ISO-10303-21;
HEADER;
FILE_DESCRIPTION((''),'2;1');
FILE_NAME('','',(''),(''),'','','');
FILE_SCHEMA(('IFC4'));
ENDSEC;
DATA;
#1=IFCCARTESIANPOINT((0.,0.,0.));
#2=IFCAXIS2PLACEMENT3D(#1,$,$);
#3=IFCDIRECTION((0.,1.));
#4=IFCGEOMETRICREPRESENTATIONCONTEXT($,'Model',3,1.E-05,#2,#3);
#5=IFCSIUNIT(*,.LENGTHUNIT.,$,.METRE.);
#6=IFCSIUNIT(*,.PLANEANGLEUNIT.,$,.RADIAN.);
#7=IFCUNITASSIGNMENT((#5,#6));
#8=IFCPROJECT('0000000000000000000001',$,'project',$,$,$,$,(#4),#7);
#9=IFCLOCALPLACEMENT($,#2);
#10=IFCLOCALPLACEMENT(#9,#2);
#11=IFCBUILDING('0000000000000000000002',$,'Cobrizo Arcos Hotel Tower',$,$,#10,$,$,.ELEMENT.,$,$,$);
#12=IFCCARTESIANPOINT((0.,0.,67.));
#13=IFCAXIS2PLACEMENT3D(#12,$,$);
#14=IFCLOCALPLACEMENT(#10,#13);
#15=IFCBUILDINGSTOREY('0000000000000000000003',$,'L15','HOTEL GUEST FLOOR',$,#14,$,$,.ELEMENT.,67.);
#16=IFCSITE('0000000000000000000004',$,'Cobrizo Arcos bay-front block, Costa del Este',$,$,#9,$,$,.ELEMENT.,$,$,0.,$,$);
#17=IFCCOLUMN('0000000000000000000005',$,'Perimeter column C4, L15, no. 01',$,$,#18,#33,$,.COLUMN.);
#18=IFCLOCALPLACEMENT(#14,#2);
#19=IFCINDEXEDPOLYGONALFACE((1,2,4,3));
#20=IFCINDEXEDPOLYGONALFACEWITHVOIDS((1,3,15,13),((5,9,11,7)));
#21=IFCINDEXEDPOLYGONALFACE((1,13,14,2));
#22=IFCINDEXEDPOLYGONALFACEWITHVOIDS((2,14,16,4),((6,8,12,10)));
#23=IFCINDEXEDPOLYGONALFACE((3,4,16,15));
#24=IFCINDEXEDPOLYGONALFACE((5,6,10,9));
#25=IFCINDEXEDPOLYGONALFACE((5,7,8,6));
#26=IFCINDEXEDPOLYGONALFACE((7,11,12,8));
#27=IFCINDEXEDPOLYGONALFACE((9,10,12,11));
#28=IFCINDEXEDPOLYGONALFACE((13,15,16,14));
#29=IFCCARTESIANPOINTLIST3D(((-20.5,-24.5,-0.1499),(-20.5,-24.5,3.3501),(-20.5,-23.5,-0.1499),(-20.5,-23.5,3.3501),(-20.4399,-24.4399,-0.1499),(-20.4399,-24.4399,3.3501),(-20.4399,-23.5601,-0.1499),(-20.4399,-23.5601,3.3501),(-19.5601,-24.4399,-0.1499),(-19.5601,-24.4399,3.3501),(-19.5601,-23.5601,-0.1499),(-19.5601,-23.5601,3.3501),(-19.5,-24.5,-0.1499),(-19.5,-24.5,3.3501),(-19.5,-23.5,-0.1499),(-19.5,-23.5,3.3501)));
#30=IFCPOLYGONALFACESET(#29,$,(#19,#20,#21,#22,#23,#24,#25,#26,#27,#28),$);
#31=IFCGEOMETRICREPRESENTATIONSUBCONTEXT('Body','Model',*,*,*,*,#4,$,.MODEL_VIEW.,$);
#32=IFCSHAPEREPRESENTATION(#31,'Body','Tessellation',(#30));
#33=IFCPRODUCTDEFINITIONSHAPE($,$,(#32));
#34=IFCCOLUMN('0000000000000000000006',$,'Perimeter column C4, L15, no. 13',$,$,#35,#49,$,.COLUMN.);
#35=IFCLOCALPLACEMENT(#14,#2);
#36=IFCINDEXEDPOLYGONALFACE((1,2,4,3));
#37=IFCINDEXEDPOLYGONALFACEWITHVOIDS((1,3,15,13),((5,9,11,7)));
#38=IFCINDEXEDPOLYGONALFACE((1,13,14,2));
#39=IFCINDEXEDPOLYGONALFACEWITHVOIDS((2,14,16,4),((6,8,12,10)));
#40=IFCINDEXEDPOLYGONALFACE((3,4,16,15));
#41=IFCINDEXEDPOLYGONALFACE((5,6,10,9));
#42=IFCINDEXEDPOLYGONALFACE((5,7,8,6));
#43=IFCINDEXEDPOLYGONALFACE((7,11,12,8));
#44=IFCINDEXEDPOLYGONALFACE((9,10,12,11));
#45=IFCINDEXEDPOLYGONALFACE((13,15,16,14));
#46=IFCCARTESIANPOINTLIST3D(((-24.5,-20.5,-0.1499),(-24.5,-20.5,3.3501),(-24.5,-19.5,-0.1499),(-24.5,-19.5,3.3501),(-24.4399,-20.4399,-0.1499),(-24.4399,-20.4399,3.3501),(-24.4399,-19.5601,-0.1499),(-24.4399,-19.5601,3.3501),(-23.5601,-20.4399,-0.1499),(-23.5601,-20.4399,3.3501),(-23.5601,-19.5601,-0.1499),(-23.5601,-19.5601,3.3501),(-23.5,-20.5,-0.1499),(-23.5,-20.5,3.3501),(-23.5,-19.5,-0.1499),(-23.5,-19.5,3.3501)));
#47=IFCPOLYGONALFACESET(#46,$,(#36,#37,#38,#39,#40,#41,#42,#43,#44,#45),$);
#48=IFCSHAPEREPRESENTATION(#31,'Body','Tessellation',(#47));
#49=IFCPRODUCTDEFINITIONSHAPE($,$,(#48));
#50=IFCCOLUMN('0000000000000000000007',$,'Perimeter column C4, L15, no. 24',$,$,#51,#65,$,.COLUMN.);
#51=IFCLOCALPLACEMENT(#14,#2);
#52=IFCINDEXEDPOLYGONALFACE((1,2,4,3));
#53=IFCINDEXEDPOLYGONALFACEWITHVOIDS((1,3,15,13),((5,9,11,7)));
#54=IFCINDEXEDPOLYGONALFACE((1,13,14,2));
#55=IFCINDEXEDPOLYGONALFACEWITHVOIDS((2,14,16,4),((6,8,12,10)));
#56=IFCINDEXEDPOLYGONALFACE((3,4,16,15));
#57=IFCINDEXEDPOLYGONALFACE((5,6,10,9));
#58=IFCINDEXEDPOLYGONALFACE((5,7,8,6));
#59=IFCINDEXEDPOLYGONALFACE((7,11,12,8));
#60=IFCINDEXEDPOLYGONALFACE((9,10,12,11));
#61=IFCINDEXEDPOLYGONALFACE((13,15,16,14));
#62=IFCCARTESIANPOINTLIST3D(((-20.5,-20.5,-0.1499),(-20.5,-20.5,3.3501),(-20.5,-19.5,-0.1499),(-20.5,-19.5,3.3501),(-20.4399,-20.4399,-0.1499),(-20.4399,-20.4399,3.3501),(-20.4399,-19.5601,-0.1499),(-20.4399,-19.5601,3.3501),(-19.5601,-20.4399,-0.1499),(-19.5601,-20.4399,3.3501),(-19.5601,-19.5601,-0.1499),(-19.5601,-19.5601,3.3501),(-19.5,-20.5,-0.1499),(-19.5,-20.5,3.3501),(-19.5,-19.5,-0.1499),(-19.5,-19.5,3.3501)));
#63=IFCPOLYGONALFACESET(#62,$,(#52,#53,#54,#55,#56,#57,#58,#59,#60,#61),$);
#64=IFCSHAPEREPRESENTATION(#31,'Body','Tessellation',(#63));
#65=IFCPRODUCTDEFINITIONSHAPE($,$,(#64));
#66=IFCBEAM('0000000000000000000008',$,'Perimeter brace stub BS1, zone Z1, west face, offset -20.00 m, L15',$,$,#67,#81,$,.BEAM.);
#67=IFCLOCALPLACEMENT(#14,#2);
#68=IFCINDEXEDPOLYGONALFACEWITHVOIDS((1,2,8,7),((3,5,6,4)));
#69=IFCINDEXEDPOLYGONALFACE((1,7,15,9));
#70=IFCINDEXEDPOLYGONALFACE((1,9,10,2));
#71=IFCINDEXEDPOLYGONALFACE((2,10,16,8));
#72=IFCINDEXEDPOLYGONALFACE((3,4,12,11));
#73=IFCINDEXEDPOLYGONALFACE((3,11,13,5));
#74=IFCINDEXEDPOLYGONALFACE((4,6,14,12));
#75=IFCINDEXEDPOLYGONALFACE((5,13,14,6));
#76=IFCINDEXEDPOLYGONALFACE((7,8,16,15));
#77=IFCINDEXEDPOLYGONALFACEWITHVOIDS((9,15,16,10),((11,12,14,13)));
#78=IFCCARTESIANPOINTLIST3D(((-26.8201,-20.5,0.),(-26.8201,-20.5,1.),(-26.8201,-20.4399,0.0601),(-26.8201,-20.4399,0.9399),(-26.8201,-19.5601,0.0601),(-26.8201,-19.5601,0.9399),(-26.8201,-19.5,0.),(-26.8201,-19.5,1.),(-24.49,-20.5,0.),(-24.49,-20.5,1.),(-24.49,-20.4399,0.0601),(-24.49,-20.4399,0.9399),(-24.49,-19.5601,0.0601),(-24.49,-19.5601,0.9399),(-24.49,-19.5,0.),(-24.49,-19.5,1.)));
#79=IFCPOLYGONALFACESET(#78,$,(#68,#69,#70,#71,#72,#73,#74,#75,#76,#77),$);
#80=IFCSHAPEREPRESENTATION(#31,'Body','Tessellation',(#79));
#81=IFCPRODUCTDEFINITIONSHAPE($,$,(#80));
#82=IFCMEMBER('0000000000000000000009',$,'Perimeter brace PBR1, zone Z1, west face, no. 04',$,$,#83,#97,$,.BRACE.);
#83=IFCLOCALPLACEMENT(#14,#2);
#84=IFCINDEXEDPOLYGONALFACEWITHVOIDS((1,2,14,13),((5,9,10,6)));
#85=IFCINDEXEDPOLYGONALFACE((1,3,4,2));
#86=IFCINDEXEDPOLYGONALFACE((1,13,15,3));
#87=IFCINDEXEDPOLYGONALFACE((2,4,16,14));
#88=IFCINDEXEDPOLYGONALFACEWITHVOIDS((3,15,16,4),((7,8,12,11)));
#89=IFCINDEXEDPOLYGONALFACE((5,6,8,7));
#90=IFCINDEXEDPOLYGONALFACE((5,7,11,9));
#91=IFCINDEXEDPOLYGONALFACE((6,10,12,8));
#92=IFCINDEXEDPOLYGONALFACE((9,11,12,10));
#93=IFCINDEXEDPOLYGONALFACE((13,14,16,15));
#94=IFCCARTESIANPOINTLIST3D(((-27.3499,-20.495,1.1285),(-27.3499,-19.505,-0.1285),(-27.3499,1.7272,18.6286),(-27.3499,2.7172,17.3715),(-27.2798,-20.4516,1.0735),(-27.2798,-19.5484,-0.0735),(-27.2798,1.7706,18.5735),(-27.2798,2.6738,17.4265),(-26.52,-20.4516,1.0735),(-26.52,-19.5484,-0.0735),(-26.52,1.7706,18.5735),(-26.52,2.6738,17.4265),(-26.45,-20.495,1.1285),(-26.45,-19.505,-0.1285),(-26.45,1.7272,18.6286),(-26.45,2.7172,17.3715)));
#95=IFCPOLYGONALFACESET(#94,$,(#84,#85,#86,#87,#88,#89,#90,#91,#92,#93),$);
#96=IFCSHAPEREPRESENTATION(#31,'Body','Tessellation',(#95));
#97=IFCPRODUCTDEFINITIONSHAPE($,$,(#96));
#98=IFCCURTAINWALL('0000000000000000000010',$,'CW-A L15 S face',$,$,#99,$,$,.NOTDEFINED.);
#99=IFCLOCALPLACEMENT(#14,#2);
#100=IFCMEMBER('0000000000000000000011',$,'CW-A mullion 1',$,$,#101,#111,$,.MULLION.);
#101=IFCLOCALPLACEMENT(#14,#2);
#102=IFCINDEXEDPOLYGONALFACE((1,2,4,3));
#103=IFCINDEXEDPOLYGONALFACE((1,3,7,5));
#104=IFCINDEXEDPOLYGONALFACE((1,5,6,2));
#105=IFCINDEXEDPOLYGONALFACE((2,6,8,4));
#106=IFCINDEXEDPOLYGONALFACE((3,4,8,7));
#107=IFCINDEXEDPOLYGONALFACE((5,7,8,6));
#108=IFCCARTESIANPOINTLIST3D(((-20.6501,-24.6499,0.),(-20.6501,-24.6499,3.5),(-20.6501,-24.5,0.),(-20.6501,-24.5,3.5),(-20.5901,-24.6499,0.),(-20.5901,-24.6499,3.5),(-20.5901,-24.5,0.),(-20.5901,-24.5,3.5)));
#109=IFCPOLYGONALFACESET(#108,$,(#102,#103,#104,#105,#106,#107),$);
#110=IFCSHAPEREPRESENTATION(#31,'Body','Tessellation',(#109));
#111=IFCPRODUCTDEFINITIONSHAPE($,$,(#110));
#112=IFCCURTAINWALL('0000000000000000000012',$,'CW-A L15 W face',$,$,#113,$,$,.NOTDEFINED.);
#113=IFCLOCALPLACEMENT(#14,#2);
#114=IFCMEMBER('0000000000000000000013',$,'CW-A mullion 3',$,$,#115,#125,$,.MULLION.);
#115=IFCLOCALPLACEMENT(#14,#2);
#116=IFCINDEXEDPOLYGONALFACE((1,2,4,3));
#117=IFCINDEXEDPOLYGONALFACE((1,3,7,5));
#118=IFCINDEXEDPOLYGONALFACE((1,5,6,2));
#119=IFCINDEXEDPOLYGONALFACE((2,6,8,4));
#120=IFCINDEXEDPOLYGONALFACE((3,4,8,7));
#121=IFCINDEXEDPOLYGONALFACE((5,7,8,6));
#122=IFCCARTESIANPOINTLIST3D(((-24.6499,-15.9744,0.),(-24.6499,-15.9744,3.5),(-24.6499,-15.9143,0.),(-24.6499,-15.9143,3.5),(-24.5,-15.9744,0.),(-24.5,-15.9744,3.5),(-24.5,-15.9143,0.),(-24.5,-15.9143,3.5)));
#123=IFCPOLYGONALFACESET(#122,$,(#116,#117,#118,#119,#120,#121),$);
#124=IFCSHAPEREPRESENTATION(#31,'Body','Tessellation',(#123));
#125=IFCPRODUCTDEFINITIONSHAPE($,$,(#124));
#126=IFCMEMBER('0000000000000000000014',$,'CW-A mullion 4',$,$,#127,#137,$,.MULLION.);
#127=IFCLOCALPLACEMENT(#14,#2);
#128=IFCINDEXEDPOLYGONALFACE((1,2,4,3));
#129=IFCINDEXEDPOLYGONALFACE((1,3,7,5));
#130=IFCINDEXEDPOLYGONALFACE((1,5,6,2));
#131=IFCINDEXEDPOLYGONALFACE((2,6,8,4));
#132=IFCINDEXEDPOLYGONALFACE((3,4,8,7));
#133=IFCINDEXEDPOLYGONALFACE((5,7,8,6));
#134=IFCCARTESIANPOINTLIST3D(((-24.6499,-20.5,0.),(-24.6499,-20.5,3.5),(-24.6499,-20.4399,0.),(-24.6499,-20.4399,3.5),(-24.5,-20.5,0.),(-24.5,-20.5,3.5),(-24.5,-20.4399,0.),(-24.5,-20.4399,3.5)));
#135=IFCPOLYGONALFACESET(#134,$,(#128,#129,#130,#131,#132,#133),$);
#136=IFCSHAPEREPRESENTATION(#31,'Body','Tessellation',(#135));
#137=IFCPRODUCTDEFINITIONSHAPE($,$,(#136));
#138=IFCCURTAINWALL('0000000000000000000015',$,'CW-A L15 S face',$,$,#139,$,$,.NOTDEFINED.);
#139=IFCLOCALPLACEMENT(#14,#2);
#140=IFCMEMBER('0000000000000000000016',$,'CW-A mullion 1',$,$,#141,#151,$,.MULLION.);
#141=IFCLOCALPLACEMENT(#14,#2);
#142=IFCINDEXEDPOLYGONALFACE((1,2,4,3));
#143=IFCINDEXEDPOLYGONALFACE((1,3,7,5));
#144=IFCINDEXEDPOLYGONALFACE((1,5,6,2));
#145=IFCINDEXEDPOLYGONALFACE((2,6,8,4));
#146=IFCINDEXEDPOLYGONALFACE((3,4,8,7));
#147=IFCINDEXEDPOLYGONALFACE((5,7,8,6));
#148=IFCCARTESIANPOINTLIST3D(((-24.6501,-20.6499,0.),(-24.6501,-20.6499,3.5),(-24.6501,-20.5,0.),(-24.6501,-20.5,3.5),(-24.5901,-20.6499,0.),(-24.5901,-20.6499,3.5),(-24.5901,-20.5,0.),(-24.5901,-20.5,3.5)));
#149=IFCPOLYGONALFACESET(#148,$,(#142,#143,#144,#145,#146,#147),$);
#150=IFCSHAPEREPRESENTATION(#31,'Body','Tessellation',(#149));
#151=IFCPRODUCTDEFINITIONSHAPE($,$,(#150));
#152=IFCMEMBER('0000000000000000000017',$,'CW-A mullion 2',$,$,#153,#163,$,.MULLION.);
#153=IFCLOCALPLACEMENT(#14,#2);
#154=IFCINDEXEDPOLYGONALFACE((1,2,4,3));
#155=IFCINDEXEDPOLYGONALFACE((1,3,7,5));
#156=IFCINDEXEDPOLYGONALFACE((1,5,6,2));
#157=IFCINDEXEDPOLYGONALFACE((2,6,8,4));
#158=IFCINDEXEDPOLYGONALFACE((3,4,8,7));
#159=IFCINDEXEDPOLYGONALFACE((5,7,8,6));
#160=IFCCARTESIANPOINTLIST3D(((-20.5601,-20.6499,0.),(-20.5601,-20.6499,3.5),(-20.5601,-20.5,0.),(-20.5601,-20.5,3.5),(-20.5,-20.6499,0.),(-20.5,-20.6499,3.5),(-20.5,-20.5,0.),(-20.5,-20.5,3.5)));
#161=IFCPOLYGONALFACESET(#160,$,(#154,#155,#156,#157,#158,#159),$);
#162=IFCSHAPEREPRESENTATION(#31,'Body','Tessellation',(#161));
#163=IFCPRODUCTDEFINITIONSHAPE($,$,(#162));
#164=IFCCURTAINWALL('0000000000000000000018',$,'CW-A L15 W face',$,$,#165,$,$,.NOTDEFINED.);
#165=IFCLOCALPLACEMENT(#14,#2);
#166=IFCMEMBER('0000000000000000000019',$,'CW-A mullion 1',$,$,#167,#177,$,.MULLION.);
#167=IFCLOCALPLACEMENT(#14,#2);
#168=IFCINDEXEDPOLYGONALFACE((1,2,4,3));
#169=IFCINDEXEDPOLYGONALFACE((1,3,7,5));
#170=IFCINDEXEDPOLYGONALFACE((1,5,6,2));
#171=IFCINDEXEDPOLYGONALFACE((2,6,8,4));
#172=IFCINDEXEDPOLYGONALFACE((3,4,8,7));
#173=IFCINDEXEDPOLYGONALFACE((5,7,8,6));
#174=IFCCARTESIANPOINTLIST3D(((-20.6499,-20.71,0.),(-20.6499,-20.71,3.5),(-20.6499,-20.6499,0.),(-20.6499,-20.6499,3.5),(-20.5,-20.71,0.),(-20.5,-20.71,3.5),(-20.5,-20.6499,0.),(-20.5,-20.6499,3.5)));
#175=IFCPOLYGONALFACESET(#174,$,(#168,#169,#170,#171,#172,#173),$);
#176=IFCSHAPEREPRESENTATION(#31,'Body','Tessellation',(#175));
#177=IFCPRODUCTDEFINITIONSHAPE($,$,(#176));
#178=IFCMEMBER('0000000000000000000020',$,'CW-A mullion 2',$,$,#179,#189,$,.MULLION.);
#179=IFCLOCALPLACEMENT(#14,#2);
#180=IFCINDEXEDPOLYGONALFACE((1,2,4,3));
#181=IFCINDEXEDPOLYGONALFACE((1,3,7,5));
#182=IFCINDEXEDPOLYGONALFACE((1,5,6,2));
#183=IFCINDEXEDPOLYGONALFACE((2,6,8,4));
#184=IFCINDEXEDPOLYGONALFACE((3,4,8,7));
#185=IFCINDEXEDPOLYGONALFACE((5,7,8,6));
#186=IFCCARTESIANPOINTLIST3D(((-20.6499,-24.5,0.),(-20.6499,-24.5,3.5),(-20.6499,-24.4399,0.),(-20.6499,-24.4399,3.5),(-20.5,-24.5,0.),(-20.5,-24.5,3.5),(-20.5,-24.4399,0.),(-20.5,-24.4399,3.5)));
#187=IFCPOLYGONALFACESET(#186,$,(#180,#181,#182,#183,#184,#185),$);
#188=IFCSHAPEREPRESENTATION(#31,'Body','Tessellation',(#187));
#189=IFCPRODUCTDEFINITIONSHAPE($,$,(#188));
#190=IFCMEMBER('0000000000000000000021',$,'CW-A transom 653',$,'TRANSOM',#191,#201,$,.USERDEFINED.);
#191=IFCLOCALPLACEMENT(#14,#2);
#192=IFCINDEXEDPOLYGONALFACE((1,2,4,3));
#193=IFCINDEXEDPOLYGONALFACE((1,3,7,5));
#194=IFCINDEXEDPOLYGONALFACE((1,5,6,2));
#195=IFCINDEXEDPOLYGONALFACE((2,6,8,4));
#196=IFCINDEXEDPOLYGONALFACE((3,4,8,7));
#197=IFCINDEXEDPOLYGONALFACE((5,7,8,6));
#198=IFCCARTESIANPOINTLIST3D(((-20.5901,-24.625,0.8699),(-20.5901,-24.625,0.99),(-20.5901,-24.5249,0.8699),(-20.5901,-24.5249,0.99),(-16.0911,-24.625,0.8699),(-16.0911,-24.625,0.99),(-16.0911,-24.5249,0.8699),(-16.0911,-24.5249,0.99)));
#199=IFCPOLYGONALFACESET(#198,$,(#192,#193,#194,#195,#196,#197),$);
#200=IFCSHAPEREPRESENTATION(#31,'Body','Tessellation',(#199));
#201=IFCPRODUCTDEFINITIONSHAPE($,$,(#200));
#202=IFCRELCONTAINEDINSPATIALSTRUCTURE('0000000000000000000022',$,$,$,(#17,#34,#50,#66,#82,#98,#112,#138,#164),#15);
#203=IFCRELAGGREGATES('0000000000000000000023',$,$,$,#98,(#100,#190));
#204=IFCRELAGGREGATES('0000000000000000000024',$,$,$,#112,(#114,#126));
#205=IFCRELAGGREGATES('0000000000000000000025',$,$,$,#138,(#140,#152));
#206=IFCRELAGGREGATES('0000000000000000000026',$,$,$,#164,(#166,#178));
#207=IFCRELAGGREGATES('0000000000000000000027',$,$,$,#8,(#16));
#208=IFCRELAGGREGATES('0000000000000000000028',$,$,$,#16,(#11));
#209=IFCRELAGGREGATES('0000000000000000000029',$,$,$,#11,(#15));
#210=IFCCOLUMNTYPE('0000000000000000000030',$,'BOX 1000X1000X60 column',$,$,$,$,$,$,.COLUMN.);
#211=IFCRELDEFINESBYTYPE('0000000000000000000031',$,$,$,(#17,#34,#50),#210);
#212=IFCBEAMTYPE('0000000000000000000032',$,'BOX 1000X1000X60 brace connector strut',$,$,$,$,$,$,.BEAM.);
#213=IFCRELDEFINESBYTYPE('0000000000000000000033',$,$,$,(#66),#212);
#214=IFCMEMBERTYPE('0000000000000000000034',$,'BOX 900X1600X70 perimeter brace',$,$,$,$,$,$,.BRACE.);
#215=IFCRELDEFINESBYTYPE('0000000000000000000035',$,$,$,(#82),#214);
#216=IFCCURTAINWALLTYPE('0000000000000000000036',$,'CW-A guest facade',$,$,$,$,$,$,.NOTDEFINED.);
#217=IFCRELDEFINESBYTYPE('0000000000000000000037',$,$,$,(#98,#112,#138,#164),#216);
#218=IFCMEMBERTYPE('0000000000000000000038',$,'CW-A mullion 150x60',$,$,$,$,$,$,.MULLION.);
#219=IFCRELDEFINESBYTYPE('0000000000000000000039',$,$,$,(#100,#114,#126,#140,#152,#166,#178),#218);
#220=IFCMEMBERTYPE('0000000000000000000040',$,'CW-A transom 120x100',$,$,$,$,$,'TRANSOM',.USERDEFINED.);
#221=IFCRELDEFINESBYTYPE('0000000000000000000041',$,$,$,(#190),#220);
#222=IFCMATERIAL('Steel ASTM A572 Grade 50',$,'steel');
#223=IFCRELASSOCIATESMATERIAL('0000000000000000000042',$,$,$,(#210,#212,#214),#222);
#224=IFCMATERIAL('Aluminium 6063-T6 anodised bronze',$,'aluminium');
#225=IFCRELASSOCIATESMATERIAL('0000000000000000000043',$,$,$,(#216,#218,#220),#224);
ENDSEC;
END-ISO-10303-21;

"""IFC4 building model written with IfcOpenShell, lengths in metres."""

from ifc_helpers import new_model, si_unit, direction, frame, origin, origin_2d, place, context, subcontext, project, spatial, rectangle, hollow_rectangle, extrude, material, material_profile, profile_set, type_object, element, aggregate, save


model = new_model("IFC4")

# Units and contexts
model_context = context("Model", 3, precision=1e-05, world=origin(), true_north=direction((0.0, 1.0)))
body_context = subcontext(model_context, "Body", "Model", "MODEL_VIEW")
ifc_project = project(units=[si_unit("LENGTHUNIT", "METRE"), si_unit("PLANEANGLEUNIT", "RADIAN")], contexts=[model_context])

# Site, building, storey
site_placement = place(None, origin())
site = spatial("IfcSite", under=ifc_project, at=site_placement, Name="Cobrizo Arcos bay-front block, Costa del Este", CompositionType="ELEMENT", RefElevation=0.0)
building_placement = place(site_placement, origin())
building = spatial("IfcBuilding", under=site, at=building_placement, Name="Cobrizo Arcos Hotel Tower", CompositionType="ELEMENT")
storey_placement = place(building_placement, frame((0.0, 0.0, 67.0)))
storey = spatial("IfcBuildingStorey", under=building, at=storey_placement, Name="L15", Description="HOTEL GUEST FLOOR", CompositionType="ELEMENT", Elevation=67.0)

# Columns
ifc_material_1 = material(Name="Steel ASTM A572 Grade 50", Category="steel")
ifc_material_profile_1 = material_profile(ifc_material_1, hollow_rectangle(XDim=1.0, YDim=1.0, WallThickness=0.0601, at=origin_2d()), Name="BOX 1000X1000X60")
ifc_profile_set_1 = profile_set([ifc_material_profile_1], Name="Steel ASTM A572 Grade 50")
column_type = type_object("IfcColumnType", Name="BOX 1000X1000X60 column", PredefinedType="COLUMN", material=ifc_profile_set_1)
for number, where, z_axis, x_axis, name in (
    (1, (-20.0, -24.0, -0.1499), (0.0, 0.0, 1.0), (1.0, 0.0, 0.0), "Perimeter column C4, L15, no. 01"),
    (2, (-24.0, -20.0, -0.1499), (0.0, 0.0, 1.0), (1.0, 0.0, 0.0), "Perimeter column C4, L15, no. 13"),
    (3, (-20.0, -20.0, -0.1499), (0.0, 0.0, 1.0), (1.0, 0.0, 0.0), "Perimeter column C4, L15, no. 24"),
):
    element("IfcColumn", number, at=place(storey_placement, frame(where, z_axis=z_axis, x_axis=x_axis)), inside=storey, type_object=column_type, Name=name, PredefinedType="COLUMN", context=body_context, shape_type="SweptSolid", body=[
        extrude(hollow_rectangle(XDim=1.0, YDim=1.0, WallThickness=0.0601, at=origin_2d()), origin(), (0.0, 0.0, 1.0), 3.5),
    ])

# Beam
ifc_material_profile_2 = material_profile(ifc_material_1, hollow_rectangle(XDim=1.0, YDim=1.0, WallThickness=0.0601, at=origin_2d()), Name="BOX 1000X1000X60")
ifc_profile_set_2 = profile_set([ifc_material_profile_2], Name="Steel ASTM A572 Grade 50")
beam_type_1 = type_object("IfcBeamType", Name="BOX 1000X1000X60 brace connector strut", PredefinedType="BEAM", material=ifc_profile_set_2)
beam_1_placement = place(storey_placement, frame((-24.49, -20.0, 0.5), z_axis=(-1.0, 0.0, 0.0), x_axis=(0.0, -1.0, 0.0)))
element("IfcBeam", 4, at=beam_1_placement, inside=storey, type_object=beam_type_1, Name="Perimeter brace stub BS1, zone Z1, west face, offset -20.00 m, L15", PredefinedType="BEAM", context=body_context, shape_type="SweptSolid", body=[
    extrude(hollow_rectangle(XDim=1.0, YDim=1.0, WallThickness=0.0601, at=origin_2d()), origin(), (0.0, 0.0, 1.0), 2.3301),
])

# Member
ifc_material_profile_3 = material_profile(ifc_material_1, hollow_rectangle(XDim=0.8999, YDim=1.6001, WallThickness=0.0701, at=origin_2d()), Name="BOX 900X1600X70")
ifc_profile_set_3 = profile_set([ifc_material_profile_3], Name="Steel ASTM A572 Grade 50")
member_type_1 = type_object("IfcMemberType", Name="BOX 900X1600X70 perimeter brace", PredefinedType="BRACE", material=ifc_profile_set_3)
member_1_placement = place(storey_placement, frame((-26.8999, -20.0, 0.5), z_axis=(0.0, 0.785636, 0.61869), x_axis=(-1.0, 0.0, 0.0)))
element("IfcMember", 5, at=member_1_placement, inside=storey, type_object=member_type_1, Name="Perimeter brace PBR1, zone Z1, west face, no. 04", PredefinedType="BRACE", context=body_context, shape_type="SweptSolid", body=[
    extrude(hollow_rectangle(XDim=0.8999, YDim=1.6001, WallThickness=0.0701, at=origin_2d()), origin(), (0.0, 0.0, 1.0), 28.2856),
])

# Curtain wall, member
ifc_material_2 = material(Name="Aluminium 6063-T6 anodised bronze", Category="aluminium")
curtain_wall_type = type_object("IfcCurtainWallType", Name="CW-A guest facade", PredefinedType="NOTDEFINED", material=ifc_material_2)
curtain_wall_1_placement = place(storey_placement, origin())
curtain_wall_1 = element("IfcCurtainWall", 6, at=curtain_wall_1_placement, inside=storey, type_object=curtain_wall_type, Name="CW-A L15 S face", PredefinedType="NOTDEFINED")
ifc_material_profile_4 = material_profile(ifc_material_2, rectangle(XDim=0.1499, YDim=0.0601, at=origin_2d()), Name="CW-A mullion 150x60")
ifc_profile_set_4 = profile_set([ifc_material_profile_4], Name="Aluminium 6063-T6 anodised bronze")
member_type_2 = type_object("IfcMemberType", Name="CW-A mullion 150x60", PredefinedType="MULLION", material=ifc_profile_set_4)
member_2_placement = place(storey_placement, frame((-20.6201, -24.575, 0.0), z_axis=(0.0, 0.0, 1.0), x_axis=(0.0, -1.0, 0.0)))
member_2 = element("IfcMember", 7, at=member_2_placement, type_object=member_type_2, Name="CW-A mullion 1", PredefinedType="MULLION", context=body_context, shape_type="SweptSolid", body=[
    extrude(rectangle(XDim=0.1499, YDim=0.0601, at=origin_2d()), origin(), (0.0, 0.0, 1.0), 3.5),
])

# Curtain walls, members
curtain_wall_2_placement = place(storey_placement, origin())
curtain_wall_2 = element("IfcCurtainWall", 8, at=curtain_wall_2_placement, inside=storey, type_object=curtain_wall_type, Name="CW-A L15 W face", PredefinedType="NOTDEFINED")
member_3_placement = place(storey_placement, frame((-24.575, -15.9443, 0.0), z_axis=(0.0, 0.0, 1.0), x_axis=(-1.0, 0.0, 0.0)))
member_3 = element("IfcMember", 9, at=member_3_placement, type_object=member_type_2, Name="CW-A mullion 3", PredefinedType="MULLION", context=body_context, shape_type="SweptSolid", body=[
    extrude(rectangle(XDim=0.1499, YDim=0.0601, at=origin_2d()), origin(), (0.0, 0.0, 1.0), 3.5),
])
member_4_placement = place(storey_placement, frame((-24.575, -20.47, 0.0), z_axis=(0.0, 0.0, 1.0), x_axis=(-1.0, 0.0, 0.0)))
member_4 = element("IfcMember", 10, at=member_4_placement, type_object=member_type_2, Name="CW-A mullion 4", PredefinedType="MULLION", context=body_context, shape_type="SweptSolid", body=[
    extrude(rectangle(XDim=0.1499, YDim=0.0601, at=origin_2d()), origin(), (0.0, 0.0, 1.0), 3.5),
])
curtain_wall_3_placement = place(storey_placement, origin())
curtain_wall_3 = element("IfcCurtainWall", 11, at=curtain_wall_3_placement, inside=storey, type_object=curtain_wall_type, Name="CW-A L15 S face", PredefinedType="NOTDEFINED")
member_5_placement = place(storey_placement, frame((-24.6201, -20.575, 0.0), z_axis=(0.0, 0.0, 1.0), x_axis=(0.0, -1.0, 0.0)))
member_5 = element("IfcMember", 12, at=member_5_placement, type_object=member_type_2, Name="CW-A mullion 1", PredefinedType="MULLION", context=body_context, shape_type="SweptSolid", body=[
    extrude(rectangle(XDim=0.1499, YDim=0.0601, at=origin_2d()), origin(), (0.0, 0.0, 1.0), 3.5),
])
member_6_placement = place(storey_placement, frame((-20.53, -20.575, 0.0), z_axis=(0.0, 0.0, 1.0), x_axis=(0.0, -1.0, 0.0)))
member_6 = element("IfcMember", 13, at=member_6_placement, type_object=member_type_2, Name="CW-A mullion 2", PredefinedType="MULLION", context=body_context, shape_type="SweptSolid", body=[
    extrude(rectangle(XDim=0.1499, YDim=0.0601, at=origin_2d()), origin(), (0.0, 0.0, 1.0), 3.5),
])
curtain_wall_4_placement = place(storey_placement, origin())
curtain_wall_4 = element("IfcCurtainWall", 14, at=curtain_wall_4_placement, inside=storey, type_object=curtain_wall_type, Name="CW-A L15 W face", PredefinedType="NOTDEFINED")
member_7_placement = place(storey_placement, frame((-20.575, -20.6799, 0.0), z_axis=(0.0, 0.0, 1.0), x_axis=(-1.0, 0.0, 0.0)))
member_7 = element("IfcMember", 15, at=member_7_placement, type_object=member_type_2, Name="CW-A mullion 1", PredefinedType="MULLION", context=body_context, shape_type="SweptSolid", body=[
    extrude(rectangle(XDim=0.1499, YDim=0.0601, at=origin_2d()), origin(), (0.0, 0.0, 1.0), 3.5),
])
member_8_placement = place(storey_placement, frame((-20.575, -24.47, 0.0), z_axis=(0.0, 0.0, 1.0), x_axis=(-1.0, 0.0, 0.0)))
member_8 = element("IfcMember", 16, at=member_8_placement, type_object=member_type_2, Name="CW-A mullion 2", PredefinedType="MULLION", context=body_context, shape_type="SweptSolid", body=[
    extrude(rectangle(XDim=0.1499, YDim=0.0601, at=origin_2d()), origin(), (0.0, 0.0, 1.0), 3.5),
])

# Member
ifc_material_profile_5 = material_profile(ifc_material_2, rectangle(XDim=0.1001, YDim=0.1201, at=origin_2d()), Name="CW-A transom 120x100")
ifc_profile_set_5 = profile_set([ifc_material_profile_5], Name="Aluminium 6063-T6 anodised bronze")
member_type_3 = type_object("IfcMemberType", Name="CW-A transom 120x100", ElementType="TRANSOM", PredefinedType="USERDEFINED", material=ifc_profile_set_5)
member_9_placement = place(storey_placement, frame((-20.5901, -24.575, 0.9299), z_axis=(1.0, 0.0, 0.0), x_axis=(0.0, 1.0, 0.0)))
member_9 = element("IfcMember", 17, at=member_9_placement, type_object=member_type_3, Name="CW-A transom 653", ObjectType="TRANSOM", PredefinedType="USERDEFINED", context=body_context, shape_type="SweptSolid", body=[
    extrude(rectangle(XDim=0.1001, YDim=0.1201, at=origin_2d()), origin(), (0.0, 0.0, 1.0), 4.499),
])
aggregate(curtain_wall_1, [member_2, member_9])

aggregate(curtain_wall_2, [member_3, member_4])
aggregate(curtain_wall_3, [member_5, member_6])
aggregate(curtain_wall_4, [member_7, member_8])

save(model, "model.ifc")
